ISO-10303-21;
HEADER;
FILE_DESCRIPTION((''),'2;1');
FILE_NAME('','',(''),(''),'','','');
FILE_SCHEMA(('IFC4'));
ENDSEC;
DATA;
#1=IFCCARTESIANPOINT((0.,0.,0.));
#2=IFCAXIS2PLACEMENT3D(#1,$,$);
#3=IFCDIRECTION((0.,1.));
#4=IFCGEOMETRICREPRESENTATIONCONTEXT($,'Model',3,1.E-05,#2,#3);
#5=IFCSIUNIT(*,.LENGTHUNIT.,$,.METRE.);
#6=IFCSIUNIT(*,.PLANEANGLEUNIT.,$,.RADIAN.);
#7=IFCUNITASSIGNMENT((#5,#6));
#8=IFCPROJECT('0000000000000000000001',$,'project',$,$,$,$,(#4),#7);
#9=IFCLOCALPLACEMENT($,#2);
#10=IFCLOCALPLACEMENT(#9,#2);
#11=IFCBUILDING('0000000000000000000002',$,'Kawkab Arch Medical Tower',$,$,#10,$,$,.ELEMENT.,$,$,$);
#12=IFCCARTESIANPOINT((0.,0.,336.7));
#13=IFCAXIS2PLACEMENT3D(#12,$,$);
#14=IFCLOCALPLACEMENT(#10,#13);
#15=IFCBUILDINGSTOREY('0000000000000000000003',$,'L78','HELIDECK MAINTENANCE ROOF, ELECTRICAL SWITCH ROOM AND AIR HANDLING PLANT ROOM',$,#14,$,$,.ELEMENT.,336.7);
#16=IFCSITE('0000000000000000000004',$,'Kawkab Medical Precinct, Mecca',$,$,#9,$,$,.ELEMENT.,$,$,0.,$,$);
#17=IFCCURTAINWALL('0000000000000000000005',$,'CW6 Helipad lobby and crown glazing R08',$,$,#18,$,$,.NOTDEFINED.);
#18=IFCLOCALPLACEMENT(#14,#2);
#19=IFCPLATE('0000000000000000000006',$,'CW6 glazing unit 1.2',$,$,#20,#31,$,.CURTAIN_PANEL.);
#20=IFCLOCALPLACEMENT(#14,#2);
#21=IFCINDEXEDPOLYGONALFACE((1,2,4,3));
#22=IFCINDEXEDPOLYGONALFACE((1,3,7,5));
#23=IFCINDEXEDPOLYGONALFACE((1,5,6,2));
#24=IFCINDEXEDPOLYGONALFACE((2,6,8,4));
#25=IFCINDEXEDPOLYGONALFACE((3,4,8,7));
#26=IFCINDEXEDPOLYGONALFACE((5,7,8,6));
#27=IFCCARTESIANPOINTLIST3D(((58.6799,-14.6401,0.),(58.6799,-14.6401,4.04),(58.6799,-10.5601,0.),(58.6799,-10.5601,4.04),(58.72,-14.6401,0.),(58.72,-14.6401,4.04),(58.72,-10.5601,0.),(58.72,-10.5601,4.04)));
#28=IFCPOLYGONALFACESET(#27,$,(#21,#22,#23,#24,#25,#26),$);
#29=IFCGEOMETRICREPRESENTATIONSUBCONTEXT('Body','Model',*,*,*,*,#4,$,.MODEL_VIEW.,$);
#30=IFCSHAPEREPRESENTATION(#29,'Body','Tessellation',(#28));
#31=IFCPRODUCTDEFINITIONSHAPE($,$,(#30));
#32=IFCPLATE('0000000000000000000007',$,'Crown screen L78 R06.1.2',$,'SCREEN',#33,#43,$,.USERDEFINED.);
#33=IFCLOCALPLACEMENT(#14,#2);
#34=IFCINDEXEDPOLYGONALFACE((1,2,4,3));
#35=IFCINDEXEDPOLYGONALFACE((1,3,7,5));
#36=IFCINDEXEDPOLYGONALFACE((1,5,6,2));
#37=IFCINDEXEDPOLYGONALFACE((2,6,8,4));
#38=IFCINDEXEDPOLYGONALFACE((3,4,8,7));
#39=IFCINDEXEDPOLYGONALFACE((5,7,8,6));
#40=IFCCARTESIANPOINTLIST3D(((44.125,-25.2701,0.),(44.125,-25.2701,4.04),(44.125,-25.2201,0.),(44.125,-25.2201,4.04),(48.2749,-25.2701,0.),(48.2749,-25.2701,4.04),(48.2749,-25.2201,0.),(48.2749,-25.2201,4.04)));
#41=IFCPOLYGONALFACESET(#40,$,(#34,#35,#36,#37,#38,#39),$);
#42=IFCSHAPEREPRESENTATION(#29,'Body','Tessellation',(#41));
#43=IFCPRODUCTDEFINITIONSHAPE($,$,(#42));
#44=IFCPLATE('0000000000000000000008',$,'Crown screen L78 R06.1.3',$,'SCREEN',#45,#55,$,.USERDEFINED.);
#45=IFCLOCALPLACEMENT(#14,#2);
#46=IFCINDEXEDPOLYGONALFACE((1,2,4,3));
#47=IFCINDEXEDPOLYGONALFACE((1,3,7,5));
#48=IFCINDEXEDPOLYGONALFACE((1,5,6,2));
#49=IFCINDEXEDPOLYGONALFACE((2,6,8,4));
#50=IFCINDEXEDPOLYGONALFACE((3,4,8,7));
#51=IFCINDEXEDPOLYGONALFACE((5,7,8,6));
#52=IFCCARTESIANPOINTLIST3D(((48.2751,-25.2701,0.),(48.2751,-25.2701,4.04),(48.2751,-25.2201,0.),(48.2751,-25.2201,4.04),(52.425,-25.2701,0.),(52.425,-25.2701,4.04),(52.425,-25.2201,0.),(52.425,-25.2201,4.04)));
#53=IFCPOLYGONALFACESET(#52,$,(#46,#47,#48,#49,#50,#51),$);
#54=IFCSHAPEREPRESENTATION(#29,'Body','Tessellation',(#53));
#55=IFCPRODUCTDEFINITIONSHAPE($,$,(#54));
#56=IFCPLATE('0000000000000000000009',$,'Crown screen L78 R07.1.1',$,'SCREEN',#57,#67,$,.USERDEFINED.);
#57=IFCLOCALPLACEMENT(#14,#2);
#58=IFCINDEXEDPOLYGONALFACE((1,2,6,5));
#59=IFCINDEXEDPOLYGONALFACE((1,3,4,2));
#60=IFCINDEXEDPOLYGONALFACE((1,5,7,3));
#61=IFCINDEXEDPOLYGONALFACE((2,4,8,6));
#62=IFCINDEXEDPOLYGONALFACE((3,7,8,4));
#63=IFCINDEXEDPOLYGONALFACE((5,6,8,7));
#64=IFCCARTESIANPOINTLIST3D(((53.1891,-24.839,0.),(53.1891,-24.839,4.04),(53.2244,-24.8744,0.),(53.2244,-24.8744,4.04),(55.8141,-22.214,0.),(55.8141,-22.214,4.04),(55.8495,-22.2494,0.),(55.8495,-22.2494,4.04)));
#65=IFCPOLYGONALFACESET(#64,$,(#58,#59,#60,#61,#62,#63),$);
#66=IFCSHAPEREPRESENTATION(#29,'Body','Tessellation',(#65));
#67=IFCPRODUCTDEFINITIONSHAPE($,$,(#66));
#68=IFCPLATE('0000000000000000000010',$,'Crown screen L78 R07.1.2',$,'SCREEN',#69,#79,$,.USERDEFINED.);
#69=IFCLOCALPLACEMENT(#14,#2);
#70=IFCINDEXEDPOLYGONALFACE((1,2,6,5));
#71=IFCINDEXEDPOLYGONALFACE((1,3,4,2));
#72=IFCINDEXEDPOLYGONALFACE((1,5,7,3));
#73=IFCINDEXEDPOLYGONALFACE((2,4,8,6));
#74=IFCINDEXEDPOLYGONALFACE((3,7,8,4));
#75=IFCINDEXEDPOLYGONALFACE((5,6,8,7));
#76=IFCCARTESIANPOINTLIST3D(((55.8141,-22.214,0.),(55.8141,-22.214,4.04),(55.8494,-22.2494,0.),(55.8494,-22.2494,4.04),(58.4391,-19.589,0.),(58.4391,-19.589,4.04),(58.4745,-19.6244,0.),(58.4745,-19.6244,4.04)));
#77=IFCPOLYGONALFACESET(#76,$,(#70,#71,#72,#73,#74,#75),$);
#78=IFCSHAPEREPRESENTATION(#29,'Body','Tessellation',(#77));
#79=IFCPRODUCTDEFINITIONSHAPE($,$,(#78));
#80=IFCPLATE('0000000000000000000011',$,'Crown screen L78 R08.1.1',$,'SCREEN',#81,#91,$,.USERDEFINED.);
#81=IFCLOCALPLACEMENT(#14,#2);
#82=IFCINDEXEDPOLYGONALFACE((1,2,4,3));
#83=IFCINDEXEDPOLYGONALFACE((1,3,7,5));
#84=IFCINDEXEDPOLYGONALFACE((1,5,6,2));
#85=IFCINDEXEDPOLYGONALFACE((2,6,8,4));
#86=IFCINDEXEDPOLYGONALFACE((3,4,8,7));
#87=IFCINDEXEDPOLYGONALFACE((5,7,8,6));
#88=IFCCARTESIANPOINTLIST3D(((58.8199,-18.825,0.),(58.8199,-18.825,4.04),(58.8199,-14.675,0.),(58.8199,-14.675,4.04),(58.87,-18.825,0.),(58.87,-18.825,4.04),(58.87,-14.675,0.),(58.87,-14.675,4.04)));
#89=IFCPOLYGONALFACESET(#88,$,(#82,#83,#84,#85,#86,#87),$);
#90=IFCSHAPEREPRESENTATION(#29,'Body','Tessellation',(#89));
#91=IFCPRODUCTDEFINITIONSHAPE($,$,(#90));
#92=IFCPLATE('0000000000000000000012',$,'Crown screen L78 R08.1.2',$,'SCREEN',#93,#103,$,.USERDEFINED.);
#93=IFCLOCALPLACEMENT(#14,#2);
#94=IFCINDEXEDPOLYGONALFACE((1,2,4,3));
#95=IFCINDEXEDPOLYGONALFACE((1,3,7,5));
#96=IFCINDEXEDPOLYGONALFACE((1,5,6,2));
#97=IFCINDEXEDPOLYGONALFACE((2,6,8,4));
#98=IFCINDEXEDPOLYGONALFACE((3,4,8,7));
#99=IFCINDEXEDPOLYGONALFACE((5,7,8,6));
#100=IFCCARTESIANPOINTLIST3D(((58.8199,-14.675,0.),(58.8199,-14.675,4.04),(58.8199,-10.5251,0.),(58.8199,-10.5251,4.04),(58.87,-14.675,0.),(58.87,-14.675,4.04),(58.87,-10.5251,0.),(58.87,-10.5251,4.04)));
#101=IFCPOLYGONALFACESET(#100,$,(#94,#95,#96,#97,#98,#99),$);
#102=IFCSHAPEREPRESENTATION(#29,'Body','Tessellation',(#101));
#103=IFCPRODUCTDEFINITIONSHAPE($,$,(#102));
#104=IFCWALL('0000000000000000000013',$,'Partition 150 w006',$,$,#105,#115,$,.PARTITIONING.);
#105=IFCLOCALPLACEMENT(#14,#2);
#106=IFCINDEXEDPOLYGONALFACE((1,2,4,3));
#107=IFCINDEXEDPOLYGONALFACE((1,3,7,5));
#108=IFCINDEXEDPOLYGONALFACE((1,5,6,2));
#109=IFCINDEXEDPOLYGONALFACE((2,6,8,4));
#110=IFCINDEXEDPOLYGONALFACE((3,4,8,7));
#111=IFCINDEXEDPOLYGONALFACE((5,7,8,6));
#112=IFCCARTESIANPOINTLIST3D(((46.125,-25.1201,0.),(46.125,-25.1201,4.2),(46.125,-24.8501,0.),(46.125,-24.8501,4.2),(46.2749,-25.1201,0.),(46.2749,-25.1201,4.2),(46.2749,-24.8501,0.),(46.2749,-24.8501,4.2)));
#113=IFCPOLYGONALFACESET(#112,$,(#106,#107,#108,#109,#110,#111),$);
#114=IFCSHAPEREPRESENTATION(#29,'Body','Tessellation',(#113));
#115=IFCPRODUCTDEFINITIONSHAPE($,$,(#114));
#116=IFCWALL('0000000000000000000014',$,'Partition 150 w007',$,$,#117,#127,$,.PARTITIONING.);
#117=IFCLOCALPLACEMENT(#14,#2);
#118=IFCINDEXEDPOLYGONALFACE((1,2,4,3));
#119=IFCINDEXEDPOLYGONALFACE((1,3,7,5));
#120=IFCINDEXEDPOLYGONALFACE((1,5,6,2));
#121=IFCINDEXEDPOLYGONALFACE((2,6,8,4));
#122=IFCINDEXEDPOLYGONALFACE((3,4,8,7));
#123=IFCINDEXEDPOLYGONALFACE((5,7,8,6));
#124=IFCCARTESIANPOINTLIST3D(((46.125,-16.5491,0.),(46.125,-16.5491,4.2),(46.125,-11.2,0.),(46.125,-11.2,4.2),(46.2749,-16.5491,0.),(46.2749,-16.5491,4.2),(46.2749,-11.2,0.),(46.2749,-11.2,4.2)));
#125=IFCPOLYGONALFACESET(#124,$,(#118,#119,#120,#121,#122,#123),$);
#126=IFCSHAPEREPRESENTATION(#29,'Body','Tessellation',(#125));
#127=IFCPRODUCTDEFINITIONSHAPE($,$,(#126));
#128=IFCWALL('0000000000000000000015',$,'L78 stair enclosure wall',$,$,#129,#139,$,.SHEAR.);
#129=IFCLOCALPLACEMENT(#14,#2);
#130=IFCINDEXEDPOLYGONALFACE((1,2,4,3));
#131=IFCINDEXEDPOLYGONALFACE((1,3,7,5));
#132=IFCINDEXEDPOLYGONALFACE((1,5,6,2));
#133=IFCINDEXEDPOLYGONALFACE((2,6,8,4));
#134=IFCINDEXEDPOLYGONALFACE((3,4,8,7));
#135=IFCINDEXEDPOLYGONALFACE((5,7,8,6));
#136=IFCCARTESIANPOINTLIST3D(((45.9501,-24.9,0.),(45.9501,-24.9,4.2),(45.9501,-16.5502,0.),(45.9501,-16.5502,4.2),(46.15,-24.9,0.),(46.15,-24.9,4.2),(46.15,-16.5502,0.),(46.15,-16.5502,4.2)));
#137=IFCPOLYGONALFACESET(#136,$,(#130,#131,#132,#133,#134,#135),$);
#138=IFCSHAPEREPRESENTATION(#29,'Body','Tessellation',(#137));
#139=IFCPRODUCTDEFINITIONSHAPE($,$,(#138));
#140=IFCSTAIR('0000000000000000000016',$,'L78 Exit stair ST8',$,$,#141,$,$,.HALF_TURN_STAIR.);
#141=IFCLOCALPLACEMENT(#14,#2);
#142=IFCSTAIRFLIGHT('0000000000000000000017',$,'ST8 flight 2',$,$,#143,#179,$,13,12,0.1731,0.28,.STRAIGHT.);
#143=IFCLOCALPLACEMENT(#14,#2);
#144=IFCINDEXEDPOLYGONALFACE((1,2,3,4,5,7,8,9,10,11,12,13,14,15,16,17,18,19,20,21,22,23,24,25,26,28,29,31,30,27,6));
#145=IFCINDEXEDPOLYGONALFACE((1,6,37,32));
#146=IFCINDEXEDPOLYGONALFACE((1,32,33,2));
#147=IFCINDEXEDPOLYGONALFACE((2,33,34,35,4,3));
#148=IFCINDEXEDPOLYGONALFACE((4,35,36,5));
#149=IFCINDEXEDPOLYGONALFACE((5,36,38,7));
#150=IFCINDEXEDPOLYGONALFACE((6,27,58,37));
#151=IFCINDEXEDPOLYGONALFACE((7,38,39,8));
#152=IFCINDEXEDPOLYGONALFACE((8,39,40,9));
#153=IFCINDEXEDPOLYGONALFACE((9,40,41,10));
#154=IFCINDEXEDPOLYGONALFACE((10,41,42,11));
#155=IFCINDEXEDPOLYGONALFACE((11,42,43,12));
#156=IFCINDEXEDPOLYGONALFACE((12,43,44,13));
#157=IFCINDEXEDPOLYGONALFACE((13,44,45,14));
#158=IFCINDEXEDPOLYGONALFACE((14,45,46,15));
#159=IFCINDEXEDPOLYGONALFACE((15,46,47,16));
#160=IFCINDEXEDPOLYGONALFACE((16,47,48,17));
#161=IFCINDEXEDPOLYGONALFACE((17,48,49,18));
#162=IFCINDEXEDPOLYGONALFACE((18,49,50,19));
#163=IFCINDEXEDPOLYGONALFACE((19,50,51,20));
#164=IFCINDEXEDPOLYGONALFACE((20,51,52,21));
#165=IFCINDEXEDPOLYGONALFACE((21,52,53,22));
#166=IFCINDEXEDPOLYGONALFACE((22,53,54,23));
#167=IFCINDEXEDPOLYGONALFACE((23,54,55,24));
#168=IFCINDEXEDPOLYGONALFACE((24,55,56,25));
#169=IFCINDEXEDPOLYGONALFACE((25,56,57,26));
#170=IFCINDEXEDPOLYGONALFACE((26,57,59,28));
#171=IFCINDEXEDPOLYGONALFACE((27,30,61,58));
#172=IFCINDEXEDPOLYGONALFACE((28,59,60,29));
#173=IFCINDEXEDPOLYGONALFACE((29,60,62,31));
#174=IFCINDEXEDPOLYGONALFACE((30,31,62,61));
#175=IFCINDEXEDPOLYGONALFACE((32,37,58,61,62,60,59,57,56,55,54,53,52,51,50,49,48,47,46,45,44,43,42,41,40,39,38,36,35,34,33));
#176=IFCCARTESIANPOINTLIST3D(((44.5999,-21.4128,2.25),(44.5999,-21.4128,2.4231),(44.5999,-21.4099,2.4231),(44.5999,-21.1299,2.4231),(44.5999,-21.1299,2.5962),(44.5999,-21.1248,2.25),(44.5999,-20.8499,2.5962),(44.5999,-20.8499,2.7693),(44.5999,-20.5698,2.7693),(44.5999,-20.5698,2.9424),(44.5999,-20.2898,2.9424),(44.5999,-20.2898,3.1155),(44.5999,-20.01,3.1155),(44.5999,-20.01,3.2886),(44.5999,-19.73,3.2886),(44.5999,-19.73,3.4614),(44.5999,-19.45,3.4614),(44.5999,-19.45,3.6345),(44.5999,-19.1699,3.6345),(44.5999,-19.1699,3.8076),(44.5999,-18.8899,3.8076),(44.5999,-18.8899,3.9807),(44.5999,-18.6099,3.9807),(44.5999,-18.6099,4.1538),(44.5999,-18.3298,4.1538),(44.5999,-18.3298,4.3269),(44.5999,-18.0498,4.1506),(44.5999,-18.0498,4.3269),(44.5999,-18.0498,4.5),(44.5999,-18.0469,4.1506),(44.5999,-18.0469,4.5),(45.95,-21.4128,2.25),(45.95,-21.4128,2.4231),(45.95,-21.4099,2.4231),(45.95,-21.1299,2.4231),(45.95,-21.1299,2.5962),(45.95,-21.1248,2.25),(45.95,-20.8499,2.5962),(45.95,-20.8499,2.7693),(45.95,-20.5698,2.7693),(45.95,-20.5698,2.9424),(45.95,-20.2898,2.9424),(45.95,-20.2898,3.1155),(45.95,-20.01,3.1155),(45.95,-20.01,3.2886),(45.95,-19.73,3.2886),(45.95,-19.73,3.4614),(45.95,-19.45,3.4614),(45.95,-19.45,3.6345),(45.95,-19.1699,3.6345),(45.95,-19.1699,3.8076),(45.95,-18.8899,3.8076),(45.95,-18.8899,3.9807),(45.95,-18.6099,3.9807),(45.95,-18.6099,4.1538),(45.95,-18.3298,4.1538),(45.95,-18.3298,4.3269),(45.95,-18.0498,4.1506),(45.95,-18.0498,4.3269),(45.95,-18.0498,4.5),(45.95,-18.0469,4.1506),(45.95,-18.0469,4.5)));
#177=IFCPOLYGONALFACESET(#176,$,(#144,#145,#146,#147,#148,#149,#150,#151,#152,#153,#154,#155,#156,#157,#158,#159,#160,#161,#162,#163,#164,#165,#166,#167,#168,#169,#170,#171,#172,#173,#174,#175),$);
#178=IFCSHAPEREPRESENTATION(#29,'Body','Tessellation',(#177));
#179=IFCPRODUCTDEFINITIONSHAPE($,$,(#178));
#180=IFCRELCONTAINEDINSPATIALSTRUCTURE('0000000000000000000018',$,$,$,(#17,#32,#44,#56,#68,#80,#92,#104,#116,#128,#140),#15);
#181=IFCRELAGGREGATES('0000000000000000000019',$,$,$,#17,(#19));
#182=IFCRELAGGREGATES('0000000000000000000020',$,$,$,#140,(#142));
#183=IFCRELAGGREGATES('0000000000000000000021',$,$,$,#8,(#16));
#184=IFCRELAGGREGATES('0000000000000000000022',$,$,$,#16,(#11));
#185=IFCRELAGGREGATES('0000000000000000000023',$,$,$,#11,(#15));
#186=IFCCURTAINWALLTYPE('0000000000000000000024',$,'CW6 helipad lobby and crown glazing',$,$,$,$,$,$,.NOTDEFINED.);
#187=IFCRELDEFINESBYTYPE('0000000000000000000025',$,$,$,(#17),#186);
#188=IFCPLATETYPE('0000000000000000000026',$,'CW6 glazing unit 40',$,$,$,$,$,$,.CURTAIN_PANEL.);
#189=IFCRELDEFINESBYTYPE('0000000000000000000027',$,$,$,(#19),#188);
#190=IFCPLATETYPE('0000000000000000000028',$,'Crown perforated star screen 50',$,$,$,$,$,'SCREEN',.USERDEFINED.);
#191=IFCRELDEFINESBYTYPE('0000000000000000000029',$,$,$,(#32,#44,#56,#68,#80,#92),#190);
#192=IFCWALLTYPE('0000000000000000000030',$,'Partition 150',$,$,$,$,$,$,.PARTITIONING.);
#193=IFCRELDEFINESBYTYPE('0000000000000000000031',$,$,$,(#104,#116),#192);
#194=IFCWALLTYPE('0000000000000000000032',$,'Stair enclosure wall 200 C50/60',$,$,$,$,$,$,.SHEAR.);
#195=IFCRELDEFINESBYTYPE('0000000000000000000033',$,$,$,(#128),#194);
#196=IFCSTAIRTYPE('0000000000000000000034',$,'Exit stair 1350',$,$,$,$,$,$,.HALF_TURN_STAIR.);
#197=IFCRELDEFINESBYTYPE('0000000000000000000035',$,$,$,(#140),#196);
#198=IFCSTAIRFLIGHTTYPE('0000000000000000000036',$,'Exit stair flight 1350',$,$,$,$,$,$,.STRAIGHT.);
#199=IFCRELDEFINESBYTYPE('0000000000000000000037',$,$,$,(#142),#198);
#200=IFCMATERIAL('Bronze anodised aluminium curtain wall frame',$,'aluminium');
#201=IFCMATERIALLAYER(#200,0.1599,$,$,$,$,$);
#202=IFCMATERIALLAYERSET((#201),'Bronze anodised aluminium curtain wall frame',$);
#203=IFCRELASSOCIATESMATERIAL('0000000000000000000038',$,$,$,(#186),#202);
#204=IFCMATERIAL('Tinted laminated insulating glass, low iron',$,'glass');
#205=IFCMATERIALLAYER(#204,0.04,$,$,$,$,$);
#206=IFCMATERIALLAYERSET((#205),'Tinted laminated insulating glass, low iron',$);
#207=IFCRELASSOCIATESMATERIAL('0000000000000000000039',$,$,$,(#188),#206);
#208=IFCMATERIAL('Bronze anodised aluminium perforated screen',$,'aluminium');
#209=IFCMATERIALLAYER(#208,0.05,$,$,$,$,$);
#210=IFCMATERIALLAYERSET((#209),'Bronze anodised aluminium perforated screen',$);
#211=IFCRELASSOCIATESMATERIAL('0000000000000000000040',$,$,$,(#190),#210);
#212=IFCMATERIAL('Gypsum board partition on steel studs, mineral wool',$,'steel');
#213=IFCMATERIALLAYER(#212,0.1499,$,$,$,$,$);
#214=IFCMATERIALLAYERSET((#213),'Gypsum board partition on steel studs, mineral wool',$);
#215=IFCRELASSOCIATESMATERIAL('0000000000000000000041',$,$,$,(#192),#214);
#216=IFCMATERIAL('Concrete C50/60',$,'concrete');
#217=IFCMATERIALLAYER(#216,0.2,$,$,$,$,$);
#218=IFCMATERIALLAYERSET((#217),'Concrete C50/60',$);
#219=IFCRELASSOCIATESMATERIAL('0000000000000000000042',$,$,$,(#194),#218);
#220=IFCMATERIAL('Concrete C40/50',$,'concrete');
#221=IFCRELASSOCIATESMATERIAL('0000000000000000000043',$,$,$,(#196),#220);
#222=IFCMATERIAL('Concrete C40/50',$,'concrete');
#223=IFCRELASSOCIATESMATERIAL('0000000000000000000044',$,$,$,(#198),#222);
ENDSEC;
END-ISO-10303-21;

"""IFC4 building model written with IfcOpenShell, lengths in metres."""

from ifc_helpers import new_model, si_unit, direction, frame, frame_2d, origin, origin_2d, place, context, subcontext, project, spatial, polyline, rectangle, outline, extrude, material, layer, layer_set, type_object, element, aggregate, save


model = new_model("IFC4")

# Units and contexts
model_context = context("Model", 3, precision=1e-05, world=origin(), true_north=direction((0.0, 1.0)))
body_context = subcontext(model_context, "Body", "Model", "MODEL_VIEW")
ifc_project = project(units=[si_unit("LENGTHUNIT", "METRE"), si_unit("PLANEANGLEUNIT", "RADIAN")], contexts=[model_context])

# Site, building, storey
site_placement = place(None, origin())
site = spatial("IfcSite", under=ifc_project, at=site_placement, Name="Kawkab Medical Precinct, Mecca", CompositionType="ELEMENT", RefElevation=0.0)
building_placement = place(site_placement, origin())
building = spatial("IfcBuilding", under=site, at=building_placement, Name="Kawkab Arch Medical Tower", CompositionType="ELEMENT")
storey_placement = place(building_placement, frame((0.0, 0.0, 336.7)))
storey = spatial("IfcBuildingStorey", under=building, at=storey_placement, Name="L78", Description="HELIDECK MAINTENANCE ROOF, ELECTRICAL SWITCH ROOM AND AIR HANDLING PLANT ROOM", CompositionType="ELEMENT", Elevation=336.7)

# Shared definitions
ifc_material_1 = material(Name="Bronze anodised aluminium curtain wall frame", Category="aluminium")
ifc_layer_1 = layer(ifc_material_1, 0.1599)
ifc_layer_set_1 = layer_set([ifc_layer_1], Name="Bronze anodised aluminium curtain wall frame")
curtain_wall_type = type_object("IfcCurtainWallType", Name="CW6 helipad lobby and crown glazing", PredefinedType="NOTDEFINED", material=ifc_layer_set_1)
placement = place(storey_placement, origin())

# Curtain wall
curtain_wall_1 = element("IfcCurtainWall", 1, at=placement, inside=storey, type_object=curtain_wall_type, Name="CW6 Helipad lobby and crown glazing R08", PredefinedType="NOTDEFINED")

# Plate
ifc_material_2 = material(Name="Tinted laminated insulating glass, low iron", Category="glass")
ifc_layer_2 = layer(ifc_material_2, 0.04)
ifc_layer_set_2 = layer_set([ifc_layer_2], Name="Tinted laminated insulating glass, low iron")
plate_type_1 = type_object("IfcPlateType", Name="CW6 glazing unit 40", PredefinedType="CURTAIN_PANEL", material=ifc_layer_set_2)
plate_1_placement = place(storey_placement, frame((58.7, -12.6001, 0.0), z_axis=(0.0, 0.0, 1.0), x_axis=(0.0, 1.0, 0.0)))
plate_1 = element("IfcPlate", 2, at=plate_1_placement, type_object=plate_type_1, Name="CW6 glazing unit 1.2", PredefinedType="CURTAIN_PANEL", context=body_context, shape_type="SweptSolid", body=[
    extrude(rectangle(XDim=4.0801, YDim=0.04, at=origin_2d()), origin(), (0.0, 0.0, 1.0), 4.04),
])
aggregate(curtain_wall_1, [plate_1])

# Plates
ifc_material_3 = material(Name="Bronze anodised aluminium perforated screen", Category="aluminium")
ifc_layer_3 = layer(ifc_material_3, 0.05)
ifc_layer_set_3 = layer_set([ifc_layer_3], Name="Bronze anodised aluminium perforated screen")
plate_type_2 = type_object("IfcPlateType", Name="Crown perforated star screen 50", ElementType="SCREEN", PredefinedType="USERDEFINED", material=ifc_layer_set_3)
for number, where, z_axis, x_axis, name in (
    (3, (46.2, -25.2451, 0.0), (0.0, 0.0, 1.0), (1.0, 0.0, 0.0), "Crown screen L78 R06.1.2"),
    (4, (50.3501, -25.2451, 0.0), (0.0, 0.0, 1.0), (1.0, 0.0, 0.0), "Crown screen L78 R06.1.3"),
):
    element("IfcPlate", number, at=place(storey_placement, frame(where, z_axis=z_axis, x_axis=x_axis)), inside=storey, type_object=plate_type_2, Name=name, ObjectType="SCREEN", PredefinedType="USERDEFINED", context=body_context, shape_type="SweptSolid", body=[
        extrude(rectangle(XDim=4.1499, YDim=0.05, at=origin_2d()), origin(), (0.0, 0.0, 1.0), 4.04),
    ])
for number, where, z_axis, x_axis, name in (
    (5, (54.5193, -23.5442, 0.0), (0.0, 0.0, 1.0), (0.707107, 0.707107, 0.0), "Crown screen L78 R07.1.1"),
    (6, (57.1443, -20.9192, 0.0), (0.0, 0.0, 1.0), (0.707107, 0.707107, 0.0), "Crown screen L78 R07.1.2"),
):
    element("IfcPlate", number, at=place(storey_placement, frame(where, z_axis=z_axis, x_axis=x_axis)), inside=storey, type_object=plate_type_2, Name=name, ObjectType="SCREEN", PredefinedType="USERDEFINED", context=body_context, shape_type="SweptSolid", body=[
        extrude(rectangle(XDim=3.7124, YDim=0.05, at=origin_2d()), origin(), (0.0, 0.0, 1.0), 4.04),
    ])
for number, where, z_axis, x_axis, name in (
    (7, (58.845, -16.75, 0.0), (0.0, 0.0, 1.0), (0.0, 1.0, 0.0), "Crown screen L78 R08.1.1"),
    (8, (58.845, -12.6001, 0.0), (0.0, 0.0, 1.0), (0.0, 1.0, 0.0), "Crown screen L78 R08.1.2"),
):
    element("IfcPlate", number, at=place(storey_placement, frame(where, z_axis=z_axis, x_axis=x_axis)), inside=storey, type_object=plate_type_2, Name=name, ObjectType="SCREEN", PredefinedType="USERDEFINED", context=body_context, shape_type="SweptSolid", body=[
        extrude(rectangle(XDim=4.1499, YDim=0.05, at=origin_2d()), origin(), (0.0, 0.0, 1.0), 4.04),
    ])

# Walls
ifc_material_4 = material(Name="Gypsum board partition on steel studs, mineral wool", Category="steel")
ifc_layer_4 = layer(ifc_material_4, 0.1499)
ifc_layer_set_4 = layer_set([ifc_layer_4], Name="Gypsum board partition on steel studs, mineral wool")
wall_type_1 = type_object("IfcWallType", Name="Partition 150", PredefinedType="PARTITIONING", material=ifc_layer_set_4)
wall_1_placement = place(storey_placement, frame((46.2, -25.1201, 0.0), z_axis=(0.0, 0.0, 1.0), x_axis=(0.0, 1.0, 0.0)))
element("IfcWall", 9, at=wall_1_placement, inside=storey, type_object=wall_type_1, Name="Partition 150 w006", PredefinedType="PARTITIONING", context=body_context, shape_type="SweptSolid", body=[
    extrude(rectangle(XDim=0.27, YDim=0.1499, at=frame_2d((0.135, 0.0))), origin(), (0.0, 0.0, 1.0), 4.2),
])
wall_2_placement = place(storey_placement, frame((46.2, -16.5491, 0.0), z_axis=(0.0, 0.0, 1.0), x_axis=(0.0, 1.0, 0.0)))
element("IfcWall", 10, at=wall_2_placement, inside=storey, type_object=wall_type_1, Name="Partition 150 w007", PredefinedType="PARTITIONING", context=body_context, shape_type="SweptSolid", body=[
    extrude(rectangle(XDim=5.3491, YDim=0.1499, at=frame_2d((2.6746, 0.0))), origin(), (0.0, 0.0, 1.0), 4.2),
])
ifc_material_5 = material(Name="Concrete C50/60", Category="concrete")
ifc_layer_5 = layer(ifc_material_5, 0.2)
ifc_layer_set_5 = layer_set([ifc_layer_5], Name="Concrete C50/60")
wall_type_2 = type_object("IfcWallType", Name="Stair enclosure wall 200 C50/60", PredefinedType="SHEAR", material=ifc_layer_set_5)
wall_3_placement = place(storey_placement, frame((46.05, -24.8999, 0.0), z_axis=(0.0, 0.0, 1.0), x_axis=(0.0, 1.0, 0.0)))
element("IfcWall", 11, at=wall_3_placement, inside=storey, type_object=wall_type_2, Name="L78 stair enclosure wall", PredefinedType="SHEAR", context=body_context, shape_type="SweptSolid", body=[
    extrude(rectangle(XDim=8.3499, YDim=0.2, at=frame_2d((4.1748, 0.0))), origin(), (0.0, 0.0, 1.0), 4.2),
])

# Stair, stair flight
ifc_material_6 = material(Name="Concrete C40/50", Category="concrete")
stair_type = type_object("IfcStairType", Name="Exit stair 1350", PredefinedType="HALF_TURN_STAIR", material=ifc_material_6)
stair = element("IfcStair", 12, at=placement, inside=storey, type_object=stair_type, Name="L78 Exit stair ST8", PredefinedType="HALF_TURN_STAIR")
ifc_material_7 = material(Name="Concrete C40/50", Category="concrete")
stair_flight_type = type_object("IfcStairFlightType", Name="Exit stair flight 1350", PredefinedType="STRAIGHT", material=ifc_material_7)
stair_flight_placement = place(storey_placement, frame((45.2749, -21.4099, 2.25), z_axis=(0.0, 0.0, 1.0), x_axis=(0.0, 1.0, 0.0)))
stair_flight = element("IfcStairFlight", 13, at=stair_flight_placement, type_object=stair_flight_type, Name="ST8 flight 2", NumberOfRisers=13, NumberOfTreads=12, PredefinedType="STRAIGHT", RiserHeight=0.1731, TreadLength=0.28, context=body_context, shape_type="SweptSolid", body=[
    extrude(outline(polyline([(-0.0029, 0.0), (-0.0029, 0.1731), (0.0, 0.1731), (0.28, 0.1731), (0.28, 0.3462), (0.5601, 0.3462), (0.5601, 0.5193), (0.8401, 0.5193), (0.8401, 0.6924), (1.1201, 0.6924), (1.1201, 0.8655), (1.3999, 0.8655), (1.3999, 1.0386), (1.6799, 1.0386), (1.6799, 1.2114), (1.96, 1.2114), (1.96, 1.3845), (2.24, 1.3845), (2.24, 1.5576), (2.52, 1.5576), (2.52, 1.7307), (2.8, 1.7307), (2.8, 1.9038), (3.0801, 1.9038), (3.0801, 2.0769), (3.3601, 2.0769), (3.3601, 2.25), (3.363, 2.25), (3.363, 1.9006), (3.3601, 1.9006), (0.2852, 0.0), (-0.0029, 0.0)])), frame((0.0, 0.675, 0.0), z_axis=(0.0, -1.0, 0.0), x_axis=(1.0, 0.0, 0.0)), (0.0, 0.0, 1.0), 1.3501),
])
aggregate(stair, [stair_flight])

save(model, "model.ifc")
